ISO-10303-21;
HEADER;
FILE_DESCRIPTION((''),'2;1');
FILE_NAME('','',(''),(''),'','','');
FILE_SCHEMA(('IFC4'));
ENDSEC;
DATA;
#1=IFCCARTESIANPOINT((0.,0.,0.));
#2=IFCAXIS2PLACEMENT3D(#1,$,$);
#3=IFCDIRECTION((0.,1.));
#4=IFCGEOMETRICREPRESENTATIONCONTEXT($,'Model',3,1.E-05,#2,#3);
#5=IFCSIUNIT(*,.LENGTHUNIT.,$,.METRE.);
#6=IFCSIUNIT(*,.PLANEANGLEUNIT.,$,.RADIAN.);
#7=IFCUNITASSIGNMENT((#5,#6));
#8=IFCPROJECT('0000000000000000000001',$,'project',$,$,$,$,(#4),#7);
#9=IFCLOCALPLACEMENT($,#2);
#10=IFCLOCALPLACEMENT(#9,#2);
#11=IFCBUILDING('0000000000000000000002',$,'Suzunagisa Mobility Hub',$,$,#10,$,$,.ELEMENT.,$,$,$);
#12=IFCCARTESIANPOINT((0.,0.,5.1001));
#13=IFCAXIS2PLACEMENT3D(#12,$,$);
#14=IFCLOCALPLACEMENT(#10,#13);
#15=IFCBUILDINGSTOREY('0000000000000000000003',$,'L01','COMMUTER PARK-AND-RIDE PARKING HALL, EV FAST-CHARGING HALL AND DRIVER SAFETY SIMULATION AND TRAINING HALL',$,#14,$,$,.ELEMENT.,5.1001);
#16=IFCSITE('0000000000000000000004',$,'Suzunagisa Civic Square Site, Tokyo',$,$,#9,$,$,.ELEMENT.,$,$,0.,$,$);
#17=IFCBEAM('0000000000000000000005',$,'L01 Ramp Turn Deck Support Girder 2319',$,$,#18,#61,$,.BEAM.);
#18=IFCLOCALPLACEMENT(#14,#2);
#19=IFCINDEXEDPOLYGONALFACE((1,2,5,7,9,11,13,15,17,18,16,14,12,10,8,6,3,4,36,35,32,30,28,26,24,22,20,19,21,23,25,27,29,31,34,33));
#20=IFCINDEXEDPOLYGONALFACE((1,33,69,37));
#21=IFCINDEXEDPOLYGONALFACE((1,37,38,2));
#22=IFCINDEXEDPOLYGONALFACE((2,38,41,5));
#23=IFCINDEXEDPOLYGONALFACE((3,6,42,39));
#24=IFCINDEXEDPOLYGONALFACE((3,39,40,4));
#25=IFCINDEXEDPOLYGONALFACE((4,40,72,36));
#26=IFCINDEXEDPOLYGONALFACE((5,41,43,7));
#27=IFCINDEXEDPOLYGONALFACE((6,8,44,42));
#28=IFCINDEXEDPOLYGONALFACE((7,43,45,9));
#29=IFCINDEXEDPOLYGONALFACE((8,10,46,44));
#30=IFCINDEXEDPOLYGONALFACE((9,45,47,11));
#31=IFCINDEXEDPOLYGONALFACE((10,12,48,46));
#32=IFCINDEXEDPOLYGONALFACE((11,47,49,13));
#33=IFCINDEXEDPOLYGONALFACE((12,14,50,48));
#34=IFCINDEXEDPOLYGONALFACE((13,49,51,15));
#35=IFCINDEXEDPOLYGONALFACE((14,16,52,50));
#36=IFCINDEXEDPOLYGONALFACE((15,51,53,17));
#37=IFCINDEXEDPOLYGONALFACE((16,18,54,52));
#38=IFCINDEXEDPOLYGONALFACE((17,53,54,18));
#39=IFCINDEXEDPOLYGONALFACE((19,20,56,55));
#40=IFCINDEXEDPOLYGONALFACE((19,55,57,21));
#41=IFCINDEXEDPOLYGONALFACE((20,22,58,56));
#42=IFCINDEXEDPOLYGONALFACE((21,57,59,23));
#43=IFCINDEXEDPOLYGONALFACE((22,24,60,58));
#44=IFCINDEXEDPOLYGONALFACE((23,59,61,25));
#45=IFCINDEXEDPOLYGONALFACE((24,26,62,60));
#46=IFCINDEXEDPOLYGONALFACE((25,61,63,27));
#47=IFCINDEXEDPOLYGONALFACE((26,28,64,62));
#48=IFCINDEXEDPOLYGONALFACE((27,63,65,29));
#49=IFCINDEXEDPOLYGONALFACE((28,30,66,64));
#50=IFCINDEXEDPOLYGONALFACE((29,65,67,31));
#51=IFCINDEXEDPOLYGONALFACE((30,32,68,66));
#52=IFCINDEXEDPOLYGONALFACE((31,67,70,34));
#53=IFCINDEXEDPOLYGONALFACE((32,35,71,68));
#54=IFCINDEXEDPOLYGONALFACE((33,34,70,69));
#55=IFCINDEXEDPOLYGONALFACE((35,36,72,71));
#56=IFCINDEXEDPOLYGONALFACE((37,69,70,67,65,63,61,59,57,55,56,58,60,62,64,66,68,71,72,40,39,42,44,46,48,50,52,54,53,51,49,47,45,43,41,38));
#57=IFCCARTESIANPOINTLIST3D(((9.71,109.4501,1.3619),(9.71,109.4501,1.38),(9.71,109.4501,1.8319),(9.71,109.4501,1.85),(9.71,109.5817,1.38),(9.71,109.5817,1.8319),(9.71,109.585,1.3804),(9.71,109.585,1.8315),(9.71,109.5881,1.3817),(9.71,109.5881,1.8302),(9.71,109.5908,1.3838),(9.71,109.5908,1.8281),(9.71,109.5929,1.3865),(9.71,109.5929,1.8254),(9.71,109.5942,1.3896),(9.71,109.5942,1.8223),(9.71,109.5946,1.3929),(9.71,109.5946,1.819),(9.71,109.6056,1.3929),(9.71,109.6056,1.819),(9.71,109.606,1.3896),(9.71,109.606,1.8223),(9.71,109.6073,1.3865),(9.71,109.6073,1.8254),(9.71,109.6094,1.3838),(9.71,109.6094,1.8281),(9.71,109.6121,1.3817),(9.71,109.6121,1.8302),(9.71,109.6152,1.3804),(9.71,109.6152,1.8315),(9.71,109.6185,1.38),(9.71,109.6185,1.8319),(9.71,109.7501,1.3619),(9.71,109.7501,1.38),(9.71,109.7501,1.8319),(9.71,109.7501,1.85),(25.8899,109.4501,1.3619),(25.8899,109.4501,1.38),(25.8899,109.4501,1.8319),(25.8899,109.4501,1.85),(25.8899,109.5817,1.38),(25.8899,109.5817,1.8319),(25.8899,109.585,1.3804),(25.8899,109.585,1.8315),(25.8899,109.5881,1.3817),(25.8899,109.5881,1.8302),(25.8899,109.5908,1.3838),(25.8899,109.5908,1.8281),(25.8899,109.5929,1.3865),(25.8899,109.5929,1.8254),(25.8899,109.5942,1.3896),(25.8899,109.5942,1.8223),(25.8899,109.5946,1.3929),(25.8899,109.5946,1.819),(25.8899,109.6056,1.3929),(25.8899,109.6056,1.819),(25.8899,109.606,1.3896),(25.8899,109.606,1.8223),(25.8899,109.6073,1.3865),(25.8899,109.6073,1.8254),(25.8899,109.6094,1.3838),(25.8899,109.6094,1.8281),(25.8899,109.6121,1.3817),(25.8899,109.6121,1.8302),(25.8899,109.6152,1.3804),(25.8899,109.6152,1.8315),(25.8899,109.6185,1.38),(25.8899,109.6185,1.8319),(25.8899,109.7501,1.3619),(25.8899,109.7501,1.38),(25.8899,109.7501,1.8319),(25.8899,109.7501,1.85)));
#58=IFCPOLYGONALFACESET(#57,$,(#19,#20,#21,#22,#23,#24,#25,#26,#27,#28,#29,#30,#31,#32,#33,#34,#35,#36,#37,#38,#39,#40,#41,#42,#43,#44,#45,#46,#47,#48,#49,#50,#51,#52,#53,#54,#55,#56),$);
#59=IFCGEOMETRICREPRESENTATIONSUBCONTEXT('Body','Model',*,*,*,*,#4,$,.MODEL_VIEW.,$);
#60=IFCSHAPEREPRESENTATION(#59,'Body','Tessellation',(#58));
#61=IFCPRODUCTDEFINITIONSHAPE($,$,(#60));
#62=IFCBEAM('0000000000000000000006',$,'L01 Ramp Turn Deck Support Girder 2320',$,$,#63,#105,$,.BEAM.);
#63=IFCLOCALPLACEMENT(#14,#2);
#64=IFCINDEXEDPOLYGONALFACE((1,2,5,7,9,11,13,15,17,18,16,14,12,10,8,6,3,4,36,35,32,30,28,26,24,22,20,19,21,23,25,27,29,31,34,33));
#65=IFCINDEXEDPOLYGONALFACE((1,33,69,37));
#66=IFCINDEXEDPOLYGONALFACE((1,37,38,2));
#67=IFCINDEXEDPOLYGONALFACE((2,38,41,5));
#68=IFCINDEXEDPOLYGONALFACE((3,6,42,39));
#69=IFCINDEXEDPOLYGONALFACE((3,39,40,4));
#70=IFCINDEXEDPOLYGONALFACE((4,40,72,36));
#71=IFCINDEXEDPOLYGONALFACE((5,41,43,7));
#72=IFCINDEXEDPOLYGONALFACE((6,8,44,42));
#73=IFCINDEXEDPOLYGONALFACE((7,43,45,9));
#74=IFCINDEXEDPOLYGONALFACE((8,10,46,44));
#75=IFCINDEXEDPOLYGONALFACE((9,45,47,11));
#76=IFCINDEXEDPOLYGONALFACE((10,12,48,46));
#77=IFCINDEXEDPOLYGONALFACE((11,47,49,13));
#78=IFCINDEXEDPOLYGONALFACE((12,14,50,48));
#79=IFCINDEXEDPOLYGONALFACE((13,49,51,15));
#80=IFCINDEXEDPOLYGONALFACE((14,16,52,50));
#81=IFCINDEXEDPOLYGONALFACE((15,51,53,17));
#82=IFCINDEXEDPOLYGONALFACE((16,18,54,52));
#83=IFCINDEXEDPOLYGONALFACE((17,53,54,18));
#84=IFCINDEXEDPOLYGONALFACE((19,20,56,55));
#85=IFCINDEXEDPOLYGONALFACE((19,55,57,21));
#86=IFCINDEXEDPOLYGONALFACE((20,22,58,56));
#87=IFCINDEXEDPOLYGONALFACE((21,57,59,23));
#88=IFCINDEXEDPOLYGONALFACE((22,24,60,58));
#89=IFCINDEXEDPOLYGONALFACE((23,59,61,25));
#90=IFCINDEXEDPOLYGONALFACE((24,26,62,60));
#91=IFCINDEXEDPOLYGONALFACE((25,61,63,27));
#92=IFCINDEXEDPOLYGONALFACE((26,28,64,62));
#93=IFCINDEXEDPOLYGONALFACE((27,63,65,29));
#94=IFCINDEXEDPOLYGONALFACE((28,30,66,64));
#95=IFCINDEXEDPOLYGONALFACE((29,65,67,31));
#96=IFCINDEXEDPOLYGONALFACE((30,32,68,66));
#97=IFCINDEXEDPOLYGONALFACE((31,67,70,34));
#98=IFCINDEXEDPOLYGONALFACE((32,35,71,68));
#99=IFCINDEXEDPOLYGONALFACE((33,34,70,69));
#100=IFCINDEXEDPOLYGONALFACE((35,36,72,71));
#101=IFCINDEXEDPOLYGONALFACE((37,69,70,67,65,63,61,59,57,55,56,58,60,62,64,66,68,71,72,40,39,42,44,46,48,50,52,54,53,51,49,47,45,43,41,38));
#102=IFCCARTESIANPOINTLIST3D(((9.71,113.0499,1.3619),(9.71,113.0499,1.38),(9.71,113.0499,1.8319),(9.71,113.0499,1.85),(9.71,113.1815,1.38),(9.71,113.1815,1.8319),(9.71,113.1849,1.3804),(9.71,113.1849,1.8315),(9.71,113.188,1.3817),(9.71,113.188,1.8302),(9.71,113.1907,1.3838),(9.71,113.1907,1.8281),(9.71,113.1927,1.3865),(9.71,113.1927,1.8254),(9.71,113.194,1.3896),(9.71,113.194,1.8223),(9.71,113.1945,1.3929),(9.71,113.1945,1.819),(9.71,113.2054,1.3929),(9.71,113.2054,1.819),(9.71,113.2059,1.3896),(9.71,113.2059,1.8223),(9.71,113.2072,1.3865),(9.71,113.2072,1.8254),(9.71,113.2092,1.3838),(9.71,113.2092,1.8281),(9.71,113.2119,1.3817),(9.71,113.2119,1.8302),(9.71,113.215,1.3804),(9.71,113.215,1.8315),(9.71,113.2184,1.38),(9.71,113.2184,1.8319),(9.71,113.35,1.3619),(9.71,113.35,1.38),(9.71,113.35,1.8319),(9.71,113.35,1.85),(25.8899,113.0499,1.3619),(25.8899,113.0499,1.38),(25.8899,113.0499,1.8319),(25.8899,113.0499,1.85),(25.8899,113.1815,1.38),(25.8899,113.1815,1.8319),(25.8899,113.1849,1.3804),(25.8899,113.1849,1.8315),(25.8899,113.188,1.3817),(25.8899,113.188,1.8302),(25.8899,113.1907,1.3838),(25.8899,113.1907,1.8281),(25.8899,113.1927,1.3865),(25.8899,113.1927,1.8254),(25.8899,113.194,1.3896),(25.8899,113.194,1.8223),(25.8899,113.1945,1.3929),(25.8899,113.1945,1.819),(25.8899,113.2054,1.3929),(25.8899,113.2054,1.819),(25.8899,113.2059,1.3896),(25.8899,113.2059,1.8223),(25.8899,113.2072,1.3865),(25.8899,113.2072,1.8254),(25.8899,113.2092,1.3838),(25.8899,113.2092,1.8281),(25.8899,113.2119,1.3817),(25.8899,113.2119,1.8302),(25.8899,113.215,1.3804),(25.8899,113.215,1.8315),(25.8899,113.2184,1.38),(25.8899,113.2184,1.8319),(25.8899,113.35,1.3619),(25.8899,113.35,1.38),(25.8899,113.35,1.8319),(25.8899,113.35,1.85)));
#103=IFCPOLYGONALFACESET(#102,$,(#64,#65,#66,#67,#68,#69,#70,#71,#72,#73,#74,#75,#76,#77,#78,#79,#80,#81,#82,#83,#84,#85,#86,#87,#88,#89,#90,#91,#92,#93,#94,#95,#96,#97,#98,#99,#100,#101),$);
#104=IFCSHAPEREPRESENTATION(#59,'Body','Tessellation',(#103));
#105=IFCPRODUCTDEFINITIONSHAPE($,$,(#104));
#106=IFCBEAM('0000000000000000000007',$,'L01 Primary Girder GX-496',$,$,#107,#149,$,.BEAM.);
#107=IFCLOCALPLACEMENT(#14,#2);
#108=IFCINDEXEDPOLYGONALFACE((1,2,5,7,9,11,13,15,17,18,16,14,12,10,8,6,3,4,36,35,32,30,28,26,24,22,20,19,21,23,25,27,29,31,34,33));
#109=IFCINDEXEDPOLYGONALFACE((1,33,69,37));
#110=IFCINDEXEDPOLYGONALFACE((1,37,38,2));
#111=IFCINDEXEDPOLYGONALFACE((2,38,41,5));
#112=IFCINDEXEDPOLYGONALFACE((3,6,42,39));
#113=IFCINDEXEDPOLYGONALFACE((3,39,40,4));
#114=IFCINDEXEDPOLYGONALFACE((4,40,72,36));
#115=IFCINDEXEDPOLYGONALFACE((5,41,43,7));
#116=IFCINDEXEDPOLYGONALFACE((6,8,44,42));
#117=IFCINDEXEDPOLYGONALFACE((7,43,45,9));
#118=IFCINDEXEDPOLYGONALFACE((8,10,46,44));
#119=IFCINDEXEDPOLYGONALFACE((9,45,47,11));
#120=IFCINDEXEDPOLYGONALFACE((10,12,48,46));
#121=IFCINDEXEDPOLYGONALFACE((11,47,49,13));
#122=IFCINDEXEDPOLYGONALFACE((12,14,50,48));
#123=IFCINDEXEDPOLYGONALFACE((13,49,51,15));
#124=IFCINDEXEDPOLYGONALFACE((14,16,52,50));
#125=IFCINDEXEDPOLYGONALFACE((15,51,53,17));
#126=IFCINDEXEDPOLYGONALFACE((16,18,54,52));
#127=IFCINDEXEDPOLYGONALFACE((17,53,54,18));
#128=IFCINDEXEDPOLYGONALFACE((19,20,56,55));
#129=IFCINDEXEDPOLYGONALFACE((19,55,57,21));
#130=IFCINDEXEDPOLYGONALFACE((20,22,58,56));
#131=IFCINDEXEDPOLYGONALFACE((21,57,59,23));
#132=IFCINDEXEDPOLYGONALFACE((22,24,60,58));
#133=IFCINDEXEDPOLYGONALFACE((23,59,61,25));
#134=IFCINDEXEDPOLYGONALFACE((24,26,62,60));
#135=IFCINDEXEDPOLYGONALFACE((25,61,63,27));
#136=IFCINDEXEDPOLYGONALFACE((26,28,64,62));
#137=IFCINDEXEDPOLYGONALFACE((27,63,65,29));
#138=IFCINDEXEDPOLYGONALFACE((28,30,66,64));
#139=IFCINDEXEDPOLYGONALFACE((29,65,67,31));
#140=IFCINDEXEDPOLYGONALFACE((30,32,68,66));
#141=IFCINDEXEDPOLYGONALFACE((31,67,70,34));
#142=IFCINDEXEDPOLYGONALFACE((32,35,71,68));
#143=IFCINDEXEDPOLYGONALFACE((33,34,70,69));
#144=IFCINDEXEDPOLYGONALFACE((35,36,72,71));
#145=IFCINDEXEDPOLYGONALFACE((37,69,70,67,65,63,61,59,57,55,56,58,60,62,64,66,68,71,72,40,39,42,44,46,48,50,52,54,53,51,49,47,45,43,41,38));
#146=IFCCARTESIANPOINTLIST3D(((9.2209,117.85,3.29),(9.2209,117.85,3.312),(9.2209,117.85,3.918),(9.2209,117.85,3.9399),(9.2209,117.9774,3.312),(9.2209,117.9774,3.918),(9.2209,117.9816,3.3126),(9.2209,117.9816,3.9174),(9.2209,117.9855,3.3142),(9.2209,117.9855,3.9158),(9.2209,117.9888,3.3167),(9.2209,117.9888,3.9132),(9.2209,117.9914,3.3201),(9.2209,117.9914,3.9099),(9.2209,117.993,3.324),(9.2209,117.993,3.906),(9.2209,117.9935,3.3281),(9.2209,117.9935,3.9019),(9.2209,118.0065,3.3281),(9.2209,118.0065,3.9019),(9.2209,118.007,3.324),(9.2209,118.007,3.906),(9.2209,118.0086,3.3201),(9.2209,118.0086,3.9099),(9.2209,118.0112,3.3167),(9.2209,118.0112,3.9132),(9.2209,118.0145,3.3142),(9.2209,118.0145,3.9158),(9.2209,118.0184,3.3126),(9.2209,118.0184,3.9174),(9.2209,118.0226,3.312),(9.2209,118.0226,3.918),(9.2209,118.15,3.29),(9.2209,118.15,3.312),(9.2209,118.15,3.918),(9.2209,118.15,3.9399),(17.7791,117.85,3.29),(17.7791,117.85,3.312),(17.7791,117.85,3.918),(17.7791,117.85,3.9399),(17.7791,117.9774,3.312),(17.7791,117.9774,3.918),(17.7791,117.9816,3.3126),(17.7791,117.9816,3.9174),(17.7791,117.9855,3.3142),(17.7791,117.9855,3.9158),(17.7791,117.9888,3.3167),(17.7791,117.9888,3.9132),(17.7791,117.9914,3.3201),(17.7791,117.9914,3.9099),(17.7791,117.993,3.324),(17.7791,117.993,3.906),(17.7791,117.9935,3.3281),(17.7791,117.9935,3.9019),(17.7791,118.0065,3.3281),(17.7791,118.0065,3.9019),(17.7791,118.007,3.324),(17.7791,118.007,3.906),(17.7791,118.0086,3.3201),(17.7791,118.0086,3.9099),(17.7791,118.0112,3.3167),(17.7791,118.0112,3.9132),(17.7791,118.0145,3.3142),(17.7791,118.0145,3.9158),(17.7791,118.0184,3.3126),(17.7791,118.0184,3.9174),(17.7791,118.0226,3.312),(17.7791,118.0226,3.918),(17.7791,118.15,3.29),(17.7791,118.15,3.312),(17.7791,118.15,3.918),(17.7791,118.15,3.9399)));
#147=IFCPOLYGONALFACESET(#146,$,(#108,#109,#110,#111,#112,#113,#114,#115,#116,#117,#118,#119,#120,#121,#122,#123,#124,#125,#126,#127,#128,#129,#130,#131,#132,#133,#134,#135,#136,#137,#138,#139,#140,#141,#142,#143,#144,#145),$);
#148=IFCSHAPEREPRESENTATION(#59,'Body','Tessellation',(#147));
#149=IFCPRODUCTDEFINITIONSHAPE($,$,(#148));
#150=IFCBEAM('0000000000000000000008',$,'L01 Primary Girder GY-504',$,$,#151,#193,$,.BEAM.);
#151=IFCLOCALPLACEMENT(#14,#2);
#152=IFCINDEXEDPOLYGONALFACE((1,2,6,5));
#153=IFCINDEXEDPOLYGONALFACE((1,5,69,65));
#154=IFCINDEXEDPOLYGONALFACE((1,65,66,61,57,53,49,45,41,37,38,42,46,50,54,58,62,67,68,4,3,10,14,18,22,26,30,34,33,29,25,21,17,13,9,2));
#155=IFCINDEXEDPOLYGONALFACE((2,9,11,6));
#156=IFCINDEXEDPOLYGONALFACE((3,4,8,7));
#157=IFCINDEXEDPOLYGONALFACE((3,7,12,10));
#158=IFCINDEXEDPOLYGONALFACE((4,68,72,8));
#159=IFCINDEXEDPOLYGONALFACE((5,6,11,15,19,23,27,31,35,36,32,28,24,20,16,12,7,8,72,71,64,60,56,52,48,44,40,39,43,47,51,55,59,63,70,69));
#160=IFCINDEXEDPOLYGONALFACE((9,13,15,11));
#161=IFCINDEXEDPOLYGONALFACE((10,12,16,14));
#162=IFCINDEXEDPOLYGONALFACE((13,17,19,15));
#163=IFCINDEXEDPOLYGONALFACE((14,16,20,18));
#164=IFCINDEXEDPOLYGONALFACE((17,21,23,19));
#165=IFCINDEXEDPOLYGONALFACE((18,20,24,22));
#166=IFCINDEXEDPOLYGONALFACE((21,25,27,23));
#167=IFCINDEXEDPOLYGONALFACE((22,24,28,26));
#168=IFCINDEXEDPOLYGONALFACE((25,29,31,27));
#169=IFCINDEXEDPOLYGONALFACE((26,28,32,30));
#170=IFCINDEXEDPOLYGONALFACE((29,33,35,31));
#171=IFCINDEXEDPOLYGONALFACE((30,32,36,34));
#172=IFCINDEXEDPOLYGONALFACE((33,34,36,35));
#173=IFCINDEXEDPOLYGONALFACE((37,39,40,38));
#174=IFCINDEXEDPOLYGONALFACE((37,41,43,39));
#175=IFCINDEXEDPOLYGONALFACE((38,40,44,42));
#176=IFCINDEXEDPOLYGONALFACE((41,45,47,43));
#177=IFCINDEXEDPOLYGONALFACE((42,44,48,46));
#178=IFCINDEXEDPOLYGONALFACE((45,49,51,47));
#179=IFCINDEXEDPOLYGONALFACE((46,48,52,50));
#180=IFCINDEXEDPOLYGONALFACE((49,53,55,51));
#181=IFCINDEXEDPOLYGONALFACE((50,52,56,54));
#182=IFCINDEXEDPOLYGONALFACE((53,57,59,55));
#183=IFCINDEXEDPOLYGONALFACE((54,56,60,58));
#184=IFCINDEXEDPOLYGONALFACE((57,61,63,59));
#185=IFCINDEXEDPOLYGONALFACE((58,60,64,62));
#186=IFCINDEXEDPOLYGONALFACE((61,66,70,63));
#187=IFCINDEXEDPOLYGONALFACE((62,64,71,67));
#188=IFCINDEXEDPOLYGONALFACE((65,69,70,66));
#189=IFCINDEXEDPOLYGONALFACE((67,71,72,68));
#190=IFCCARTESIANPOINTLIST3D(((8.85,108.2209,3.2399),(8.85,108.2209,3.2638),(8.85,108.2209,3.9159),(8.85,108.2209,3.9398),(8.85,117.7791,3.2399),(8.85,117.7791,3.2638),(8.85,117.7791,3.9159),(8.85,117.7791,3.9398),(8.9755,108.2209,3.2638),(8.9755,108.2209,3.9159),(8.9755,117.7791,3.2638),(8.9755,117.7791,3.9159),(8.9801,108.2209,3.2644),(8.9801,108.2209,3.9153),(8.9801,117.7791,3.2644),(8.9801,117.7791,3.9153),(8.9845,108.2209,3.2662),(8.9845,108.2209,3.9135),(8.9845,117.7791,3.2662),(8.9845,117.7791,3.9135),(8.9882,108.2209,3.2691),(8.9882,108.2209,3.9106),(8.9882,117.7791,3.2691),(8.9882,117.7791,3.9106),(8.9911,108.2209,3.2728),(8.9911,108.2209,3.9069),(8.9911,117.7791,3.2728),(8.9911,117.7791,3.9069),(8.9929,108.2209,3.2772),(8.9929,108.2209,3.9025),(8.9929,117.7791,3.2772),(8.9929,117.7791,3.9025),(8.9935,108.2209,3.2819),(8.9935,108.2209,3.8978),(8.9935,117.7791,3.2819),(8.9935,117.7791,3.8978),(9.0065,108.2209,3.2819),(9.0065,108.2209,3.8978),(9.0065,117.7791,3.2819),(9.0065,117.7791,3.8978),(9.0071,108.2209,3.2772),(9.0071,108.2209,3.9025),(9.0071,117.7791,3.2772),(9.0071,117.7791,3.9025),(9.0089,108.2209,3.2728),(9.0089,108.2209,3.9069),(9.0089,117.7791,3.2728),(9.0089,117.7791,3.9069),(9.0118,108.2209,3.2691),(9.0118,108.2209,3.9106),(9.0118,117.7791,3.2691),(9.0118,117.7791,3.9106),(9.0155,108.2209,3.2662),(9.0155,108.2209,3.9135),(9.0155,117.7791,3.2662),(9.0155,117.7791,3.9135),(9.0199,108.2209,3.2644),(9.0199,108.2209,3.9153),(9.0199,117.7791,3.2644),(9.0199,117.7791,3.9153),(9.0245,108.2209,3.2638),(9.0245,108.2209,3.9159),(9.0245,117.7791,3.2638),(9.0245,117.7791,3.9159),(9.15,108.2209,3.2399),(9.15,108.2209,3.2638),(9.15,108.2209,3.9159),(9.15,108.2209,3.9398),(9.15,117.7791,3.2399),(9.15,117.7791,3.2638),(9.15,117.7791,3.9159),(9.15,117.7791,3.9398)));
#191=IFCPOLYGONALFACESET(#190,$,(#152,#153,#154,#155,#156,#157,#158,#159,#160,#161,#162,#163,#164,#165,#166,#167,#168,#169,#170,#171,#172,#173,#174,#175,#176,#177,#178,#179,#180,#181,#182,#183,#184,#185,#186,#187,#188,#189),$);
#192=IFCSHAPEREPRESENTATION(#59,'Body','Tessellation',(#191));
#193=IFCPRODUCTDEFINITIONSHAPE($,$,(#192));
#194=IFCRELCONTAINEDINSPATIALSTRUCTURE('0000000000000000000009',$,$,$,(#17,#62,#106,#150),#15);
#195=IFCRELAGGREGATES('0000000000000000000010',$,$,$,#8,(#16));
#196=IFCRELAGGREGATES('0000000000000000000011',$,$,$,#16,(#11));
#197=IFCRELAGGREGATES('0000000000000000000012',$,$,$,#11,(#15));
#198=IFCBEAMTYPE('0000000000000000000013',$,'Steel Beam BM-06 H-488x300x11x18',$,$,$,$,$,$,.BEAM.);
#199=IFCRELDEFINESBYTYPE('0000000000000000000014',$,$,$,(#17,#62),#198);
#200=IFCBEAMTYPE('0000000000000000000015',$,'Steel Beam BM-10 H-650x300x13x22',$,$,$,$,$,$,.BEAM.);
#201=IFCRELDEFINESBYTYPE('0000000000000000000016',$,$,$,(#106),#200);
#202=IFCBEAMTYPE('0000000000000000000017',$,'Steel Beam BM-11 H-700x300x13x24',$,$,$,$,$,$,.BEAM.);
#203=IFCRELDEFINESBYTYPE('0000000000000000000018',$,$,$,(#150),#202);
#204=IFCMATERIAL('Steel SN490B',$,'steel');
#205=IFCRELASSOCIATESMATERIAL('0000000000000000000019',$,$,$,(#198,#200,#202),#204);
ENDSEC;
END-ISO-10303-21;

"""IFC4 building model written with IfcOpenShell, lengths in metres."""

from ifc_helpers import new_model, si_unit, direction, frame, origin, origin_2d, place, context, subcontext, project, spatial, i_section, extrude, material, material_profile, profile_set, type_object, element, save


model = new_model("IFC4")

# Units and contexts
model_context = context("Model", 3, precision=1e-05, world=origin(), true_north=direction((0.0, 1.0)))
body_context = subcontext(model_context, "Body", "Model", "MODEL_VIEW")
ifc_project = project(units=[si_unit("LENGTHUNIT", "METRE"), si_unit("PLANEANGLEUNIT", "RADIAN")], contexts=[model_context])

# Site, building, storey
site_placement = place(None, origin())
site = spatial("IfcSite", under=ifc_project, at=site_placement, Name="Suzunagisa Civic Square Site, Tokyo", CompositionType="ELEMENT", RefElevation=0.0)
building_placement = place(site_placement, origin())
building = spatial("IfcBuilding", under=site, at=building_placement, Name="Suzunagisa Mobility Hub", CompositionType="ELEMENT")
storey_placement = place(building_placement, frame((0.0, 0.0, 5.1001)))
storey = spatial("IfcBuildingStorey", under=building, at=storey_placement, Name="L01", Description="COMMUTER PARK-AND-RIDE PARKING HALL, EV FAST-CHARGING HALL AND DRIVER SAFETY SIMULATION AND TRAINING HALL", CompositionType="ELEMENT", Elevation=5.1001)

# Shared definitions
ifc_material_1 = material(Name="Steel SN490B", Category="steel")

# Beams
ifc_material_profile_1 = material_profile(ifc_material_1, i_section(OverallWidth=0.3, OverallDepth=0.488, WebThickness=0.011, FlangeThickness=0.0181, FilletRadius=0.0129, at=origin_2d()), Name="H-488x300x11x18")
ifc_profile_set_1 = profile_set([ifc_material_profile_1], Name="Steel SN490B")
beam_type_1 = type_object("IfcBeamType", Name="Steel Beam BM-06 H-488x300x11x18", PredefinedType="BEAM", material=ifc_profile_set_1)
for number, where, z_axis, x_axis, name in (
    (1, (9.71, 109.6001, 1.606), (1.0, 0.0, 0.0), (0.0, 1.0, 0.0), "L01 Ramp Turn Deck Support Girder 2319"),
    (2, (9.71, 113.2, 1.606), (1.0, 0.0, 0.0), (0.0, 1.0, 0.0), "L01 Ramp Turn Deck Support Girder 2320"),
):
    element("IfcBeam", number, at=place(storey_placement, frame(where, z_axis=z_axis, x_axis=x_axis)), inside=storey, type_object=beam_type_1, Name=name, PredefinedType="BEAM", context=body_context, shape_type="SweptSolid", body=[
        extrude(i_section(OverallWidth=0.3, OverallDepth=0.488, WebThickness=0.011, FlangeThickness=0.0181, FilletRadius=0.0129, at=origin_2d()), origin(), (0.0, 0.0, 1.0), 16.1799),
    ])
ifc_material_profile_2 = material_profile(ifc_material_1, i_section(OverallWidth=0.3, OverallDepth=0.6499, WebThickness=0.0129, FlangeThickness=0.022, FilletRadius=0.0161, at=origin_2d()), Name="H-650x300x13x22")
ifc_profile_set_2 = profile_set([ifc_material_profile_2], Name="Steel SN490B")
beam_type_2 = type_object("IfcBeamType", Name="Steel Beam BM-10 H-650x300x13x22", PredefinedType="BEAM", material=ifc_profile_set_2)
beam_1_placement = place(storey_placement, frame((9.2209, 118.0, 3.615), z_axis=(1.0, 0.0, 0.0), x_axis=(0.0, 1.0, 0.0)))
element("IfcBeam", 3, at=beam_1_placement, inside=storey, type_object=beam_type_2, Name="L01 Primary Girder GX-496", PredefinedType="BEAM", context=body_context, shape_type="SweptSolid", body=[
    extrude(i_section(OverallWidth=0.3, OverallDepth=0.6499, WebThickness=0.0129, FlangeThickness=0.022, FilletRadius=0.0161, at=origin_2d()), origin(), (0.0, 0.0, 1.0), 8.5581),
])
ifc_material_profile_3 = material_profile(ifc_material_1, i_section(OverallWidth=0.3, OverallDepth=0.7, WebThickness=0.0129, FlangeThickness=0.0239, FilletRadius=0.0181, at=origin_2d()), Name="H-700x300x13x24")
ifc_profile_set_3 = profile_set([ifc_material_profile_3], Name="Steel SN490B")
beam_type_3 = type_object("IfcBeamType", Name="Steel Beam BM-11 H-700x300x13x24", PredefinedType="BEAM", material=ifc_profile_set_3)
beam_2_placement = place(storey_placement, frame((9.0, 108.2209, 3.5898), z_axis=(0.0, 1.0, 0.0), x_axis=(-1.0, 0.0, 0.0)))
element("IfcBeam", 4, at=beam_2_placement, inside=storey, type_object=beam_type_3, Name="L01 Primary Girder GY-504", PredefinedType="BEAM", context=body_context, shape_type="SweptSolid", body=[
    extrude(i_section(OverallWidth=0.3, OverallDepth=0.7, WebThickness=0.0129, FlangeThickness=0.0239, FilletRadius=0.0181, at=origin_2d()), origin(), (0.0, 0.0, 1.0), 9.5581),
])

save(model, "model.ifc")
